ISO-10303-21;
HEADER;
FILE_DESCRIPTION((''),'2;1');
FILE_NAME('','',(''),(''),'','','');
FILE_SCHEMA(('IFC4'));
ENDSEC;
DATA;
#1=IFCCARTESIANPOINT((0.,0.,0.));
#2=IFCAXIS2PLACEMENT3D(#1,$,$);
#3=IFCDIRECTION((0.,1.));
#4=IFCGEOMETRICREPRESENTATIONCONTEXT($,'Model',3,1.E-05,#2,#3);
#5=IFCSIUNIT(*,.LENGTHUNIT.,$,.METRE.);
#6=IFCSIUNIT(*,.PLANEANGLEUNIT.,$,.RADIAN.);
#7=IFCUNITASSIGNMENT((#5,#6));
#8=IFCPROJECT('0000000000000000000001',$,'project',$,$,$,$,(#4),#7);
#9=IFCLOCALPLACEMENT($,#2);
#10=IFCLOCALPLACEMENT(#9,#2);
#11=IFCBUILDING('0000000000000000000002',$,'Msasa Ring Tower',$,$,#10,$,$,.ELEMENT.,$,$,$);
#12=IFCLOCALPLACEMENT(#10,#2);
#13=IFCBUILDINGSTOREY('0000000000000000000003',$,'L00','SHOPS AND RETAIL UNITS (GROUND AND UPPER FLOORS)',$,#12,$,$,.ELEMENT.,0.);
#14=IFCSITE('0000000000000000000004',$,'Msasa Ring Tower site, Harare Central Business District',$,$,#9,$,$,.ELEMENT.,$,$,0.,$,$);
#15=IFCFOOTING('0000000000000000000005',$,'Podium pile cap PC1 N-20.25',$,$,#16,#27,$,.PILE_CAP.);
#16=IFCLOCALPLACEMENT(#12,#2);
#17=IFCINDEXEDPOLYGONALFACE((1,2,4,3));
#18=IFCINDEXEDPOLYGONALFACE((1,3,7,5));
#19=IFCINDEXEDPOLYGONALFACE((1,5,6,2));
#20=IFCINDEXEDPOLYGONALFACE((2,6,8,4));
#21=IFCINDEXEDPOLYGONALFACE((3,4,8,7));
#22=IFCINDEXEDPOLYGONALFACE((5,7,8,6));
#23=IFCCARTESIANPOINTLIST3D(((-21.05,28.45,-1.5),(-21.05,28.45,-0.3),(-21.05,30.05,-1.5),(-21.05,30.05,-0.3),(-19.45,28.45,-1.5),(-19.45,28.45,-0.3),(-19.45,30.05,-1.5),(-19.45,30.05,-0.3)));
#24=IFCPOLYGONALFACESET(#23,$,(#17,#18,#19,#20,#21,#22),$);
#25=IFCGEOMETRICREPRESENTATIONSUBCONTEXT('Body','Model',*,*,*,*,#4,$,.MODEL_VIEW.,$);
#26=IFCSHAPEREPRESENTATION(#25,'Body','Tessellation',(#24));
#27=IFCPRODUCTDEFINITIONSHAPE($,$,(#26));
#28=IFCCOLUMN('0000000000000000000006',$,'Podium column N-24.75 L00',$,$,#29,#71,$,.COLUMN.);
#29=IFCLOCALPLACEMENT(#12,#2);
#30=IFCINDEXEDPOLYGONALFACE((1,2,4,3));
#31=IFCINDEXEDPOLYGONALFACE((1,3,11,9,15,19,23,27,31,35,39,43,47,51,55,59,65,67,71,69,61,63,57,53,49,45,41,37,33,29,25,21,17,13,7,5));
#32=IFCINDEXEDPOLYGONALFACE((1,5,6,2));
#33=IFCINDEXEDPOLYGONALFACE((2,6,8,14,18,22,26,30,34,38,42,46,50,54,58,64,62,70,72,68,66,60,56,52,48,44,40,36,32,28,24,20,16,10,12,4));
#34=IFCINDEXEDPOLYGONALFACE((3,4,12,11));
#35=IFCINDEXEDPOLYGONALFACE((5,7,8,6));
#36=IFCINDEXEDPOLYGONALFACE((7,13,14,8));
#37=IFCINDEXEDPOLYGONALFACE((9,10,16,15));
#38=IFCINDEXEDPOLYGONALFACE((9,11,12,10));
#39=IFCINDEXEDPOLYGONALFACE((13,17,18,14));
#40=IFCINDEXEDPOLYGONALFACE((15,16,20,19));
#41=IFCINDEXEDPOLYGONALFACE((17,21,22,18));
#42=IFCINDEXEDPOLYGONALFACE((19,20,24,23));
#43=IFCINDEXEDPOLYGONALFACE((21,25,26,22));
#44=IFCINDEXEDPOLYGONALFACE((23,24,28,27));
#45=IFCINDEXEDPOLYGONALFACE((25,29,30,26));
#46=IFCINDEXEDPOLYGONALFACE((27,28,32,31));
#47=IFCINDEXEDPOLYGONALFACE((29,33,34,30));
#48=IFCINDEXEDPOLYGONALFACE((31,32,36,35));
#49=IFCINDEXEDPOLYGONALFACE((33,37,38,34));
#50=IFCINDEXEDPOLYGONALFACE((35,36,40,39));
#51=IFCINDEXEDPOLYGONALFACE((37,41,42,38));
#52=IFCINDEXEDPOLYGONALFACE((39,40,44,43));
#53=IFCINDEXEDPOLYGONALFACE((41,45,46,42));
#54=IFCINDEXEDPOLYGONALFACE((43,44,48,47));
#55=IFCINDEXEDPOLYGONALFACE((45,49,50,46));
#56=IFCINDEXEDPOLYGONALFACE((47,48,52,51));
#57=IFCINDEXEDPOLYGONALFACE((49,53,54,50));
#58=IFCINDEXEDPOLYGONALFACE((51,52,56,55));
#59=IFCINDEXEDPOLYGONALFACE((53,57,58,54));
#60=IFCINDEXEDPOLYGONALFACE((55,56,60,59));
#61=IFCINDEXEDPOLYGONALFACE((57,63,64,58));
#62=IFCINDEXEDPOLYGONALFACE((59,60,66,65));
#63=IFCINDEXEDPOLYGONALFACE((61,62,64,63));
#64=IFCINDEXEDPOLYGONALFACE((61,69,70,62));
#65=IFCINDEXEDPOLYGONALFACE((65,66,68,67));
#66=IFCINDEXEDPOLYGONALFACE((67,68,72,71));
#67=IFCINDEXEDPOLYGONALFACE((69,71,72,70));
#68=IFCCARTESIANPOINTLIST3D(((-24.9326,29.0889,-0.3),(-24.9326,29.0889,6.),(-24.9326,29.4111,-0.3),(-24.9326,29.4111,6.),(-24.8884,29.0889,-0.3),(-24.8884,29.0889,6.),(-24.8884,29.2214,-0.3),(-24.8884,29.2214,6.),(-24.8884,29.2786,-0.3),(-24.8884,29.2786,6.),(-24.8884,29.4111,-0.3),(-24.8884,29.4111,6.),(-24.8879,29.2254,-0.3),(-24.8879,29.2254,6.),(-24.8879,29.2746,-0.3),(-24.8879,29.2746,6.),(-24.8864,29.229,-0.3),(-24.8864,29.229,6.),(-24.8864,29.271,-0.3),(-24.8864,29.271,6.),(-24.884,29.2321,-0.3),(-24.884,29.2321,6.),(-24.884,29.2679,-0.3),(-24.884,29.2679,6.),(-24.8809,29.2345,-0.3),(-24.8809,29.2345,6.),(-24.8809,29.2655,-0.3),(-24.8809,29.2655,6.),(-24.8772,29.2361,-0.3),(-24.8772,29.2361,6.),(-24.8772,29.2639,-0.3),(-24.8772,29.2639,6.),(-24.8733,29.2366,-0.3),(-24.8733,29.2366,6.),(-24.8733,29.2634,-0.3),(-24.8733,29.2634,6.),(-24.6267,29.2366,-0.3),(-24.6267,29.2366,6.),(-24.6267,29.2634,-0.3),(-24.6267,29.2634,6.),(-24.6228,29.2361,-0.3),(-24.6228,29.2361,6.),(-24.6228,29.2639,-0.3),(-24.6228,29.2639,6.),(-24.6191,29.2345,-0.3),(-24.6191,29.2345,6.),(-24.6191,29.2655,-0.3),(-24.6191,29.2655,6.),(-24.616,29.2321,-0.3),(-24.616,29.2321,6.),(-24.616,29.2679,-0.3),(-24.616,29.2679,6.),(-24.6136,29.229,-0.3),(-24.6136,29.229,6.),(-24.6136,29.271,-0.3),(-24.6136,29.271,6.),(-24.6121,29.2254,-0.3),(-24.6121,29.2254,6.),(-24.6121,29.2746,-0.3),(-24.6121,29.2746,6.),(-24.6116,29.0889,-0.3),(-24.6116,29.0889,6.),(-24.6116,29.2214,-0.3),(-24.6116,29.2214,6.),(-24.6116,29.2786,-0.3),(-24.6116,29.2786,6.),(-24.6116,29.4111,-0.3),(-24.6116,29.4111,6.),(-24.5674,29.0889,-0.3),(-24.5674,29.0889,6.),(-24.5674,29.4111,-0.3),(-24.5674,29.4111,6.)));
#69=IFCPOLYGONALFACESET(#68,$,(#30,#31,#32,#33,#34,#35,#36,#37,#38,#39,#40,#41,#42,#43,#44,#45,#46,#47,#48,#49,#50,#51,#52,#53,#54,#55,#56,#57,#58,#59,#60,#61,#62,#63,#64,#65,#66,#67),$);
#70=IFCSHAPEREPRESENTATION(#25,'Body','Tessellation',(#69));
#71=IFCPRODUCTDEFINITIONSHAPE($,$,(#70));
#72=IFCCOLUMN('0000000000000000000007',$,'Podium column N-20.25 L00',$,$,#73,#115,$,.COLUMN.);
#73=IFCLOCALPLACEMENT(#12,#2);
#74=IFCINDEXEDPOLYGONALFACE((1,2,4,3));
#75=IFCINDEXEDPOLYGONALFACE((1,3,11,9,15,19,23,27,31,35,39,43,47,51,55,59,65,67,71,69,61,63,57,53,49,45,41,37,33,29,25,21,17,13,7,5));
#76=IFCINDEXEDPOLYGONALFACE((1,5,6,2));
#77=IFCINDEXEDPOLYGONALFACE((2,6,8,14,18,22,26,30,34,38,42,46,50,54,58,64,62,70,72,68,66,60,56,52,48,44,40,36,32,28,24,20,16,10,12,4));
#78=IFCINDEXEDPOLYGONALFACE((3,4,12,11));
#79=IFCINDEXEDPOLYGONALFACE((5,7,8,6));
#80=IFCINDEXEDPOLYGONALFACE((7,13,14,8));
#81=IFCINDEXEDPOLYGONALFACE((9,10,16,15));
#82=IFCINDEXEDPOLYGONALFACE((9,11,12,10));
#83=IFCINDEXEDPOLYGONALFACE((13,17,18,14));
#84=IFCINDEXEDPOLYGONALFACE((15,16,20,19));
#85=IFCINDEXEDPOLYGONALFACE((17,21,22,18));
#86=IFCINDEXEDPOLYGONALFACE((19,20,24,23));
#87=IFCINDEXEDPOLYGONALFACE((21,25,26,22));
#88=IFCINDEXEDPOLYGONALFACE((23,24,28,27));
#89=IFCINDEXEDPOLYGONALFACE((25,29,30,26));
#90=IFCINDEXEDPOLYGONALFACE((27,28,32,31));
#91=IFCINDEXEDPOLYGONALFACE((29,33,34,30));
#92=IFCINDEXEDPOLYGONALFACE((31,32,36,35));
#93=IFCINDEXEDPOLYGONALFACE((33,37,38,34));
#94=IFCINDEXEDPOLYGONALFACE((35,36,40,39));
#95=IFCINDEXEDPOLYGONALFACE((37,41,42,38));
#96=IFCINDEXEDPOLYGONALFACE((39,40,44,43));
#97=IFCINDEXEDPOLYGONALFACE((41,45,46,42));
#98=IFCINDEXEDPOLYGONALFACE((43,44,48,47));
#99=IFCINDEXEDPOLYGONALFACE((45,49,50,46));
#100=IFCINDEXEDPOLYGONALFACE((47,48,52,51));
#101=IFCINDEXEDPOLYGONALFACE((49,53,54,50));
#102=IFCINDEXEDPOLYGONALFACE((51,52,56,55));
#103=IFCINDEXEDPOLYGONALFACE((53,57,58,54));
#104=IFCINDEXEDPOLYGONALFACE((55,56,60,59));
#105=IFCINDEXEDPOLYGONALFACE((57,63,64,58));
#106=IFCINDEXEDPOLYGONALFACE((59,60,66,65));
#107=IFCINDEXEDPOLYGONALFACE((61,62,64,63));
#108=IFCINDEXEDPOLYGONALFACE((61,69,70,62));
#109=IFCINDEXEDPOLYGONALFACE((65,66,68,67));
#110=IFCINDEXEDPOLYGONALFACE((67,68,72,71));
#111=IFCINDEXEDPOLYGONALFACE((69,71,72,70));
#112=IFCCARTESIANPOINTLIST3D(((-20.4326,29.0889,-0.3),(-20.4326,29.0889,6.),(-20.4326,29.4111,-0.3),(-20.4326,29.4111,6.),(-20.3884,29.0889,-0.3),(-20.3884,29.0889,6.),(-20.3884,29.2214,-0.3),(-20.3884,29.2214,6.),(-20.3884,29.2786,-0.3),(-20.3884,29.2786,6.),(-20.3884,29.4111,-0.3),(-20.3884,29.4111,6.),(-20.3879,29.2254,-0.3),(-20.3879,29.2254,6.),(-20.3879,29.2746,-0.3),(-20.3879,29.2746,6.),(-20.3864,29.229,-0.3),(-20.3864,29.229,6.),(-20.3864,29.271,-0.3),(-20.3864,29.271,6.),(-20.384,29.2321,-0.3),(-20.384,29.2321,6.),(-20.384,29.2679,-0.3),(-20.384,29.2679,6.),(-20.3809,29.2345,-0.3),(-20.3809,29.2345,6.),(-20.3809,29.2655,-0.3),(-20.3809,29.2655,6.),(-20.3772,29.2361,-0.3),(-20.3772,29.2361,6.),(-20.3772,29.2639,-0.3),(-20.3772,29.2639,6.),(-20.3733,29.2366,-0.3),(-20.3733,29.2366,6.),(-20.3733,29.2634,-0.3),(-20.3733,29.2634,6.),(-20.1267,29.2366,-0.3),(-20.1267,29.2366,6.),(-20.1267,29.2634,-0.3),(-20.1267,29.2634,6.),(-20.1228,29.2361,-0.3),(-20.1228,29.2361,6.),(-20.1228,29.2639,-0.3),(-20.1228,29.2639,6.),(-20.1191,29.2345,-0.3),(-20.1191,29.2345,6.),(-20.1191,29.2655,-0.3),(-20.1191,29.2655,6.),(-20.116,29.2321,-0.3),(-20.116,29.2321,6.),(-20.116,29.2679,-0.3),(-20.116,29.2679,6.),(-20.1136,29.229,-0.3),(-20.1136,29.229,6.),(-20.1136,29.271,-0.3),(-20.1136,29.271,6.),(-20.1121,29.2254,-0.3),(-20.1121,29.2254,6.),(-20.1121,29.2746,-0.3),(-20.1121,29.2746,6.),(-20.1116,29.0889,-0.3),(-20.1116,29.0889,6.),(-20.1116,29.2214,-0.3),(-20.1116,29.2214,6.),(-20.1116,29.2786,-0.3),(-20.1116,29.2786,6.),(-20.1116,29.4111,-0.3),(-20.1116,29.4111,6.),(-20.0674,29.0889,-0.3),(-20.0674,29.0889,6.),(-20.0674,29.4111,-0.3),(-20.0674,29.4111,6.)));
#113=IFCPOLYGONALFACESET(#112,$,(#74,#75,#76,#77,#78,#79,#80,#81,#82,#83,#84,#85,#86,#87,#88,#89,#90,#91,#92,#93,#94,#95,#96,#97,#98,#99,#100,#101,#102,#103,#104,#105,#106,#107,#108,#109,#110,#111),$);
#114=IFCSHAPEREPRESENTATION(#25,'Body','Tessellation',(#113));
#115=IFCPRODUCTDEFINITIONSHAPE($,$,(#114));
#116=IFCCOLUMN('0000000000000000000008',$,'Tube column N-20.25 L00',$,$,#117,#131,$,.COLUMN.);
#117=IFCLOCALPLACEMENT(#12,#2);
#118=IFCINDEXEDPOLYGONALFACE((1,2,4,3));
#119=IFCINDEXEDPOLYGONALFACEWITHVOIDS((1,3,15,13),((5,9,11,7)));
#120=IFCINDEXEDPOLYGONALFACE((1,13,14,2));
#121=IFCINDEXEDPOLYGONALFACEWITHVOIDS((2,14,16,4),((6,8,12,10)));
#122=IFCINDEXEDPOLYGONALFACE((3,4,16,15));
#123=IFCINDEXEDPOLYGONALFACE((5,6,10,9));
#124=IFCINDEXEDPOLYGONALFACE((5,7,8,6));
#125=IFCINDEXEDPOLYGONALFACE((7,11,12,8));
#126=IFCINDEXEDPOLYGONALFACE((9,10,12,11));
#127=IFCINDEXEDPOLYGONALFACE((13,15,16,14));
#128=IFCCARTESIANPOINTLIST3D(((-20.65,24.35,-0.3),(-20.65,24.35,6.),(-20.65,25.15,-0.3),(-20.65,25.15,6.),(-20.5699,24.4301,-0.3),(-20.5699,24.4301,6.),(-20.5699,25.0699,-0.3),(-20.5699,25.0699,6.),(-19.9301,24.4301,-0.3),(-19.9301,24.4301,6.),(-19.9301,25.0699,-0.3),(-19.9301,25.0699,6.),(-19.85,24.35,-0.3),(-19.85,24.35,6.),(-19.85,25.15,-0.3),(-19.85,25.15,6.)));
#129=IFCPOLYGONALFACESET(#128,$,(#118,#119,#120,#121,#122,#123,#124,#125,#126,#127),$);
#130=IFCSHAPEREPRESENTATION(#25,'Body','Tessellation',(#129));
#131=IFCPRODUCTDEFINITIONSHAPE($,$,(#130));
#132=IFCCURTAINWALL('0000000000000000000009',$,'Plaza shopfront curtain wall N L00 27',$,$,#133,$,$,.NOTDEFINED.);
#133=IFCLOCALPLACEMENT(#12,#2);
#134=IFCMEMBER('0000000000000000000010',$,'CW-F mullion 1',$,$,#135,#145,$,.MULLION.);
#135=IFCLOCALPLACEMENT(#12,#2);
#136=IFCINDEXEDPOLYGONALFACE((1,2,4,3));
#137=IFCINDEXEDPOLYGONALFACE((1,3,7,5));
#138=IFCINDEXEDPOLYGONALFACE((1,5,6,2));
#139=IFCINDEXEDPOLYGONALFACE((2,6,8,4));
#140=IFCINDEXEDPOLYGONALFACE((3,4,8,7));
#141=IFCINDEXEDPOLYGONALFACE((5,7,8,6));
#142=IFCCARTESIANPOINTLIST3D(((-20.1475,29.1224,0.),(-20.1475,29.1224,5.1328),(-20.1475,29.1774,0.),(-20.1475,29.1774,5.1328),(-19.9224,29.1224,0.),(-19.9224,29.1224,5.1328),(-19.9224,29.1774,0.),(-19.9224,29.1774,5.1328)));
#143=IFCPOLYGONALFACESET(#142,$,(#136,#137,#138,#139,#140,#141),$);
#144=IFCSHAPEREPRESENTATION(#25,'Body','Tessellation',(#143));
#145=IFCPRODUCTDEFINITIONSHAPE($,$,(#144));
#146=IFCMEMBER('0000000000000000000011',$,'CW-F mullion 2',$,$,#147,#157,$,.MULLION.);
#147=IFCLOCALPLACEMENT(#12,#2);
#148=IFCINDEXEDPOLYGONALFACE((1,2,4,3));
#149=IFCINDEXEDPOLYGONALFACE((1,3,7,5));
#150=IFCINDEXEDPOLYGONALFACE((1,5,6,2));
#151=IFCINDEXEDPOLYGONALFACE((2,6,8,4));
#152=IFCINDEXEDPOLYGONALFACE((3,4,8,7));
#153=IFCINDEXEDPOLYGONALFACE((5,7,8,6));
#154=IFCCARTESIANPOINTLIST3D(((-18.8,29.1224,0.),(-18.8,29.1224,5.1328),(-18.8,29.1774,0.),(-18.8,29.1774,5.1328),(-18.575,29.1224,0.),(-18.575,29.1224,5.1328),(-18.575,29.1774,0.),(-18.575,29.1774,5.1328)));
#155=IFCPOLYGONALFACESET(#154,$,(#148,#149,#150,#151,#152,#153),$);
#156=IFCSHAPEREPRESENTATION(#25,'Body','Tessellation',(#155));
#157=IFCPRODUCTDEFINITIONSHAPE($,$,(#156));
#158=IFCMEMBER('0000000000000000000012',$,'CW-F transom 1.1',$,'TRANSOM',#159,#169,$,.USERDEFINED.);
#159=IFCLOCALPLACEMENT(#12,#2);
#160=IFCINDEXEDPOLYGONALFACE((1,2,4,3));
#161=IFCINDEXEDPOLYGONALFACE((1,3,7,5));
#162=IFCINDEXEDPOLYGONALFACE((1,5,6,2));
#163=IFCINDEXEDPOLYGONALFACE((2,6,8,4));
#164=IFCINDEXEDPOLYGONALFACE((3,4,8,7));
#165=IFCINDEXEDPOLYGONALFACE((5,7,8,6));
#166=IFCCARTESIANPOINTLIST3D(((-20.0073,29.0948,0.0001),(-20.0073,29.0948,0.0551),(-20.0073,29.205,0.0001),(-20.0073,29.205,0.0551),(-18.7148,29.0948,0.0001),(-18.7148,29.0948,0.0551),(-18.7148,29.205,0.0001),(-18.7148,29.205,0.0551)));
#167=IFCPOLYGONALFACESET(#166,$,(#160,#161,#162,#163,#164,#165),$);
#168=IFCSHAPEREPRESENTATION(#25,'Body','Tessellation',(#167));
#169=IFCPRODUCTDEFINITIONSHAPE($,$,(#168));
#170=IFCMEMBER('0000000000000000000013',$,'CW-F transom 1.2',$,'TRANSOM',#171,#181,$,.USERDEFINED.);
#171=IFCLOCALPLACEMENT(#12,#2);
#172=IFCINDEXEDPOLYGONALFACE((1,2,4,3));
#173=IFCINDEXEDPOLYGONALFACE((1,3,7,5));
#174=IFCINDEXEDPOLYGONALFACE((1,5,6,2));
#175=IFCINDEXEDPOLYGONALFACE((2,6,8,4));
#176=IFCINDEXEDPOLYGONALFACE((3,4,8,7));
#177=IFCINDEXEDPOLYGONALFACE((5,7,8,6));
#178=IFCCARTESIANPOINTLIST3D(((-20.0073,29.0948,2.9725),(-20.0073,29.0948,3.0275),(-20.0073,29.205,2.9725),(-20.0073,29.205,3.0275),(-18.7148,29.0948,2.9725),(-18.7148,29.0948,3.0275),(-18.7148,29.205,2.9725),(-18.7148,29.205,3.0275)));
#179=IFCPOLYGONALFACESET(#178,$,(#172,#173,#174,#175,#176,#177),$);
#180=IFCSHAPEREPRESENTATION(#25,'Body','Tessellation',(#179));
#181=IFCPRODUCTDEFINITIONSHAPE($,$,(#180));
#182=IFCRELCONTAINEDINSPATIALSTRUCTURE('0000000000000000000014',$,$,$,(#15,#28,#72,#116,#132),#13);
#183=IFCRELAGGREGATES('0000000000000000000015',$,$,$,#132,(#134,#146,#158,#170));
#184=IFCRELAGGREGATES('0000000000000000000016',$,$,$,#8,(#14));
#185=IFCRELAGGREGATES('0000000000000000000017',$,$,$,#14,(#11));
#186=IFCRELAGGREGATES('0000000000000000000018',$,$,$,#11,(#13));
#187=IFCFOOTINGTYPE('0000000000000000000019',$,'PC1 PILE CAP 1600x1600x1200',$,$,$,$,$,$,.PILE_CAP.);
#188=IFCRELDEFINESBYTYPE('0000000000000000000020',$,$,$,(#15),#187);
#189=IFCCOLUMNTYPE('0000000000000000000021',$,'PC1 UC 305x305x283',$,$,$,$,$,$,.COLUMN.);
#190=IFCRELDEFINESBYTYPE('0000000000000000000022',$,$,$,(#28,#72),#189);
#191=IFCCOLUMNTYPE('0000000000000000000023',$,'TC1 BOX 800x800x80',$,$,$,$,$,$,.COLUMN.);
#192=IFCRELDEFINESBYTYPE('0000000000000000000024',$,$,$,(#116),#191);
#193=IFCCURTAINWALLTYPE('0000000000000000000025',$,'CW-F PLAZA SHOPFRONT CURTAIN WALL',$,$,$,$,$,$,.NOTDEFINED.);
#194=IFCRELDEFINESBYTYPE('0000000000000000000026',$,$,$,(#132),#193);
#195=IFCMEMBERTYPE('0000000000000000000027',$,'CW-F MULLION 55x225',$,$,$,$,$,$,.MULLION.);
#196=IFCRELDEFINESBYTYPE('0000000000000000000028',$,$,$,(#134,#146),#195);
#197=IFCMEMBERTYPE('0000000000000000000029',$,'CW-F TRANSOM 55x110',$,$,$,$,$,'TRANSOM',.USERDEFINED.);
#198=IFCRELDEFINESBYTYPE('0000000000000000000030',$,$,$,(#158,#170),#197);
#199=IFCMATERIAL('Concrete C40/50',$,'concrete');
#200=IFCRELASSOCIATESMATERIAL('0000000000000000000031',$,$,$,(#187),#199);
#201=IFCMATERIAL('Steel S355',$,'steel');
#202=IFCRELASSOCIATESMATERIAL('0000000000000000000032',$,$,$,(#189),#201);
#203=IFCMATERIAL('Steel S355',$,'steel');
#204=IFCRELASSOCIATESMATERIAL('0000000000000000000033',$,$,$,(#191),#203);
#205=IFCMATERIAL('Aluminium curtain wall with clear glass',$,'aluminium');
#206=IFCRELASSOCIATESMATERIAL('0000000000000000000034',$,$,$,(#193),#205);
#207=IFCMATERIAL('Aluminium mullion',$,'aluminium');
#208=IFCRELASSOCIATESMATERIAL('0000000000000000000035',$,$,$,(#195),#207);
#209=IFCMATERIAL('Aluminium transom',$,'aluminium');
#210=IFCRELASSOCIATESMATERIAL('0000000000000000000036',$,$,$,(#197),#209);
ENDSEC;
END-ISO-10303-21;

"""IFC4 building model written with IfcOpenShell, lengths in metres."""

from ifc_helpers import new_model, si_unit, direction, frame, origin, origin_2d, place, context, subcontext, project, spatial, rectangle, hollow_rectangle, i_section, extrude, material, material_profile, profile_set, type_object, element, aggregate, save


model = new_model("IFC4")

# Units and contexts
model_context = context("Model", 3, precision=1e-05, world=origin(), true_north=direction((0.0, 1.0)))
body_context = subcontext(model_context, "Body", "Model", "MODEL_VIEW")
ifc_project = project(units=[si_unit("LENGTHUNIT", "METRE"), si_unit("PLANEANGLEUNIT", "RADIAN")], contexts=[model_context])

# Site, building, storey
site_placement = place(None, origin())
site = spatial("IfcSite", under=ifc_project, at=site_placement, Name="Msasa Ring Tower site, Harare Central Business District", CompositionType="ELEMENT", RefElevation=0.0)
building_placement = place(site_placement, origin())
building = spatial("IfcBuilding", under=site, at=building_placement, Name="Msasa Ring Tower", CompositionType="ELEMENT")
storey_placement = place(building_placement, origin())
storey = spatial("IfcBuildingStorey", under=building, at=storey_placement, Name="L00", Description="SHOPS AND RETAIL UNITS (GROUND AND UPPER FLOORS)", CompositionType="ELEMENT", Elevation=0.0)

# Footing
ifc_material_1 = material(Name="Concrete C40/50", Category="concrete")
footing_type = type_object("IfcFootingType", Name="PC1 PILE CAP 1600x1600x1200", PredefinedType="PILE_CAP", material=ifc_material_1)
for number, where, z_axis, x_axis, name in (
    (1, (-20.25, 29.25, -1.5), (0.0, 0.0, 1.0), (1.0, 0.0, 0.0), "Podium pile cap PC1 N-20.25"),
):
    element("IfcFooting", number, at=place(storey_placement, frame(where, z_axis=z_axis, x_axis=x_axis)), inside=storey, type_object=footing_type, Name=name, PredefinedType="PILE_CAP", context=body_context, shape_type="SweptSolid", body=[
        extrude(rectangle(XDim=1.6001, YDim=1.6001, at=origin_2d()), origin(), (0.0, 0.0, 1.0), 1.2),
    ])

# Columns
ifc_material_2 = material(Name="Steel S355", Category="steel")
ifc_material_profile_1 = material_profile(ifc_material_2, i_section(OverallWidth=0.3223, OverallDepth=0.3652, WebThickness=0.0269, FlangeThickness=0.0442, FilletRadius=0.0151, at=origin_2d()), Name="UC 305x305x283")
ifc_profile_set_1 = profile_set([ifc_material_profile_1], Name="Steel S355")
column_type_1 = type_object("IfcColumnType", Name="PC1 UC 305x305x283", PredefinedType="COLUMN", material=ifc_profile_set_1)
for number, where, z_axis, x_axis, name in (
    (2, (-24.75, 29.25, -0.3), (0.0, 0.0, 1.0), (0.0, 1.0, 0.0), "Podium column N-24.75 L00"),
    (3, (-20.25, 29.25, -0.3), (0.0, 0.0, 1.0), (0.0, 1.0, 0.0), "Podium column N-20.25 L00"),
):
    element("IfcColumn", number, at=place(storey_placement, frame(where, z_axis=z_axis, x_axis=x_axis)), inside=storey, type_object=column_type_1, Name=name, PredefinedType="COLUMN", context=body_context, shape_type="SweptSolid", body=[
        extrude(i_section(OverallWidth=0.3223, OverallDepth=0.3652, WebThickness=0.0269, FlangeThickness=0.0442, FilletRadius=0.0151, at=origin_2d()), origin(), (0.0, 0.0, 1.0), 6.3),
    ])
ifc_material_3 = material(Name="Steel S355", Category="steel")
ifc_material_profile_2 = material_profile(ifc_material_3, hollow_rectangle(XDim=0.8, YDim=0.8, WallThickness=0.0801, at=origin_2d()), Name="BOX 800x800x80")
ifc_profile_set_2 = profile_set([ifc_material_profile_2], Name="Steel S355")
column_type_2 = type_object("IfcColumnType", Name="TC1 BOX 800x800x80", PredefinedType="COLUMN", material=ifc_profile_set_2)
column_placement = place(storey_placement, frame((-20.25, 24.75, -0.3), z_axis=(0.0, 0.0, 1.0), x_axis=(0.0, 1.0, 0.0)))
element("IfcColumn", 4, at=column_placement, inside=storey, type_object=column_type_2, Name="Tube column N-20.25 L00", PredefinedType="COLUMN", context=body_context, shape_type="SweptSolid", body=[
    extrude(hollow_rectangle(XDim=0.8, YDim=0.8, WallThickness=0.0801, at=origin_2d()), origin(), (0.0, 0.0, 1.0), 6.3),
])

# Curtain wall, members
ifc_material_4 = material(Name="Aluminium curtain wall with clear glass", Category="aluminium")
curtain_wall_type_1 = type_object("IfcCurtainWallType", Name="CW-F PLAZA SHOPFRONT CURTAIN WALL", PredefinedType="NOTDEFINED", material=ifc_material_4)
curtain_wall_1_placement = place(storey_placement, origin())
curtain_wall_1 = element("IfcCurtainWall", 5, at=curtain_wall_1_placement, inside=storey, type_object=curtain_wall_type_1, Name="Plaza shopfront curtain wall N L00 27", PredefinedType="NOTDEFINED")
ifc_material_5 = material(Name="Aluminium mullion", Category="aluminium")
ifc_material_profile_3 = material_profile(ifc_material_5, rectangle(XDim=0.0549, YDim=0.2251, at=origin_2d()), Name="AL 55x225")
ifc_profile_set_3 = profile_set([ifc_material_profile_3], Name="Aluminium mullion")
member_type_1 = type_object("IfcMemberType", Name="CW-F MULLION 55x225", PredefinedType="MULLION", material=ifc_profile_set_3)
member_1_placement = place(storey_placement, frame((-20.0349, 29.1499, 0.0), z_axis=(0.0, 0.0, 1.0), x_axis=(0.0, 1.0, 0.0)))
member_1 = element("IfcMember", 6, at=member_1_placement, type_object=member_type_1, Name="CW-F mullion 1", PredefinedType="MULLION", context=body_context, shape_type="SweptSolid", body=[
    extrude(rectangle(XDim=0.0549, YDim=0.2251, at=origin_2d()), origin(), (0.0, 0.0, 1.0), 5.1328),
])
member_2_placement = place(storey_placement, frame((-18.6875, 29.1499, 0.0), z_axis=(0.0, 0.0, 1.0), x_axis=(0.0, 1.0, 0.0)))
member_2 = element("IfcMember", 7, at=member_2_placement, type_object=member_type_1, Name="CW-F mullion 2", PredefinedType="MULLION", context=body_context, shape_type="SweptSolid", body=[
    extrude(rectangle(XDim=0.0549, YDim=0.2251, at=origin_2d()), origin(), (0.0, 0.0, 1.0), 5.1328),
])
ifc_material_6 = material(Name="Aluminium transom", Category="aluminium")
ifc_material_profile_4 = material_profile(ifc_material_6, rectangle(XDim=0.1101, YDim=0.0549, at=origin_2d()), Name="AL 55x110")
ifc_profile_set_4 = profile_set([ifc_material_profile_4], Name="Aluminium transom")
member_type_2 = type_object("IfcMemberType", Name="CW-F TRANSOM 55x110", ElementType="TRANSOM", PredefinedType="USERDEFINED", material=ifc_profile_set_4)
member_3_placement = place(storey_placement, frame((-20.0073, 29.1499, 0.0276), z_axis=(1.0, 0.0, 0.0), x_axis=(0.0, 1.0, 0.0)))
member_3 = element("IfcMember", 8, at=member_3_placement, type_object=member_type_2, Name="CW-F transom 1.1", ObjectType="TRANSOM", PredefinedType="USERDEFINED", context=body_context, shape_type="SweptSolid", body=[
    extrude(rectangle(XDim=0.1101, YDim=0.0549, at=origin_2d()), origin(), (0.0, 0.0, 1.0), 1.2925),
])
member_4_placement = place(storey_placement, frame((-20.0073, 29.1499, 3.0), z_axis=(1.0, 0.0, 0.0), x_axis=(0.0, 1.0, 0.0)))
member_4 = element("IfcMember", 9, at=member_4_placement, type_object=member_type_2, Name="CW-F transom 1.2", ObjectType="TRANSOM", PredefinedType="USERDEFINED", context=body_context, shape_type="SweptSolid", body=[
    extrude(rectangle(XDim=0.1101, YDim=0.0549, at=origin_2d()), origin(), (0.0, 0.0, 1.0), 1.2925),
])

aggregate(curtain_wall_1, [member_1, member_2, member_3, member_4])

save(model, "model.ifc")
